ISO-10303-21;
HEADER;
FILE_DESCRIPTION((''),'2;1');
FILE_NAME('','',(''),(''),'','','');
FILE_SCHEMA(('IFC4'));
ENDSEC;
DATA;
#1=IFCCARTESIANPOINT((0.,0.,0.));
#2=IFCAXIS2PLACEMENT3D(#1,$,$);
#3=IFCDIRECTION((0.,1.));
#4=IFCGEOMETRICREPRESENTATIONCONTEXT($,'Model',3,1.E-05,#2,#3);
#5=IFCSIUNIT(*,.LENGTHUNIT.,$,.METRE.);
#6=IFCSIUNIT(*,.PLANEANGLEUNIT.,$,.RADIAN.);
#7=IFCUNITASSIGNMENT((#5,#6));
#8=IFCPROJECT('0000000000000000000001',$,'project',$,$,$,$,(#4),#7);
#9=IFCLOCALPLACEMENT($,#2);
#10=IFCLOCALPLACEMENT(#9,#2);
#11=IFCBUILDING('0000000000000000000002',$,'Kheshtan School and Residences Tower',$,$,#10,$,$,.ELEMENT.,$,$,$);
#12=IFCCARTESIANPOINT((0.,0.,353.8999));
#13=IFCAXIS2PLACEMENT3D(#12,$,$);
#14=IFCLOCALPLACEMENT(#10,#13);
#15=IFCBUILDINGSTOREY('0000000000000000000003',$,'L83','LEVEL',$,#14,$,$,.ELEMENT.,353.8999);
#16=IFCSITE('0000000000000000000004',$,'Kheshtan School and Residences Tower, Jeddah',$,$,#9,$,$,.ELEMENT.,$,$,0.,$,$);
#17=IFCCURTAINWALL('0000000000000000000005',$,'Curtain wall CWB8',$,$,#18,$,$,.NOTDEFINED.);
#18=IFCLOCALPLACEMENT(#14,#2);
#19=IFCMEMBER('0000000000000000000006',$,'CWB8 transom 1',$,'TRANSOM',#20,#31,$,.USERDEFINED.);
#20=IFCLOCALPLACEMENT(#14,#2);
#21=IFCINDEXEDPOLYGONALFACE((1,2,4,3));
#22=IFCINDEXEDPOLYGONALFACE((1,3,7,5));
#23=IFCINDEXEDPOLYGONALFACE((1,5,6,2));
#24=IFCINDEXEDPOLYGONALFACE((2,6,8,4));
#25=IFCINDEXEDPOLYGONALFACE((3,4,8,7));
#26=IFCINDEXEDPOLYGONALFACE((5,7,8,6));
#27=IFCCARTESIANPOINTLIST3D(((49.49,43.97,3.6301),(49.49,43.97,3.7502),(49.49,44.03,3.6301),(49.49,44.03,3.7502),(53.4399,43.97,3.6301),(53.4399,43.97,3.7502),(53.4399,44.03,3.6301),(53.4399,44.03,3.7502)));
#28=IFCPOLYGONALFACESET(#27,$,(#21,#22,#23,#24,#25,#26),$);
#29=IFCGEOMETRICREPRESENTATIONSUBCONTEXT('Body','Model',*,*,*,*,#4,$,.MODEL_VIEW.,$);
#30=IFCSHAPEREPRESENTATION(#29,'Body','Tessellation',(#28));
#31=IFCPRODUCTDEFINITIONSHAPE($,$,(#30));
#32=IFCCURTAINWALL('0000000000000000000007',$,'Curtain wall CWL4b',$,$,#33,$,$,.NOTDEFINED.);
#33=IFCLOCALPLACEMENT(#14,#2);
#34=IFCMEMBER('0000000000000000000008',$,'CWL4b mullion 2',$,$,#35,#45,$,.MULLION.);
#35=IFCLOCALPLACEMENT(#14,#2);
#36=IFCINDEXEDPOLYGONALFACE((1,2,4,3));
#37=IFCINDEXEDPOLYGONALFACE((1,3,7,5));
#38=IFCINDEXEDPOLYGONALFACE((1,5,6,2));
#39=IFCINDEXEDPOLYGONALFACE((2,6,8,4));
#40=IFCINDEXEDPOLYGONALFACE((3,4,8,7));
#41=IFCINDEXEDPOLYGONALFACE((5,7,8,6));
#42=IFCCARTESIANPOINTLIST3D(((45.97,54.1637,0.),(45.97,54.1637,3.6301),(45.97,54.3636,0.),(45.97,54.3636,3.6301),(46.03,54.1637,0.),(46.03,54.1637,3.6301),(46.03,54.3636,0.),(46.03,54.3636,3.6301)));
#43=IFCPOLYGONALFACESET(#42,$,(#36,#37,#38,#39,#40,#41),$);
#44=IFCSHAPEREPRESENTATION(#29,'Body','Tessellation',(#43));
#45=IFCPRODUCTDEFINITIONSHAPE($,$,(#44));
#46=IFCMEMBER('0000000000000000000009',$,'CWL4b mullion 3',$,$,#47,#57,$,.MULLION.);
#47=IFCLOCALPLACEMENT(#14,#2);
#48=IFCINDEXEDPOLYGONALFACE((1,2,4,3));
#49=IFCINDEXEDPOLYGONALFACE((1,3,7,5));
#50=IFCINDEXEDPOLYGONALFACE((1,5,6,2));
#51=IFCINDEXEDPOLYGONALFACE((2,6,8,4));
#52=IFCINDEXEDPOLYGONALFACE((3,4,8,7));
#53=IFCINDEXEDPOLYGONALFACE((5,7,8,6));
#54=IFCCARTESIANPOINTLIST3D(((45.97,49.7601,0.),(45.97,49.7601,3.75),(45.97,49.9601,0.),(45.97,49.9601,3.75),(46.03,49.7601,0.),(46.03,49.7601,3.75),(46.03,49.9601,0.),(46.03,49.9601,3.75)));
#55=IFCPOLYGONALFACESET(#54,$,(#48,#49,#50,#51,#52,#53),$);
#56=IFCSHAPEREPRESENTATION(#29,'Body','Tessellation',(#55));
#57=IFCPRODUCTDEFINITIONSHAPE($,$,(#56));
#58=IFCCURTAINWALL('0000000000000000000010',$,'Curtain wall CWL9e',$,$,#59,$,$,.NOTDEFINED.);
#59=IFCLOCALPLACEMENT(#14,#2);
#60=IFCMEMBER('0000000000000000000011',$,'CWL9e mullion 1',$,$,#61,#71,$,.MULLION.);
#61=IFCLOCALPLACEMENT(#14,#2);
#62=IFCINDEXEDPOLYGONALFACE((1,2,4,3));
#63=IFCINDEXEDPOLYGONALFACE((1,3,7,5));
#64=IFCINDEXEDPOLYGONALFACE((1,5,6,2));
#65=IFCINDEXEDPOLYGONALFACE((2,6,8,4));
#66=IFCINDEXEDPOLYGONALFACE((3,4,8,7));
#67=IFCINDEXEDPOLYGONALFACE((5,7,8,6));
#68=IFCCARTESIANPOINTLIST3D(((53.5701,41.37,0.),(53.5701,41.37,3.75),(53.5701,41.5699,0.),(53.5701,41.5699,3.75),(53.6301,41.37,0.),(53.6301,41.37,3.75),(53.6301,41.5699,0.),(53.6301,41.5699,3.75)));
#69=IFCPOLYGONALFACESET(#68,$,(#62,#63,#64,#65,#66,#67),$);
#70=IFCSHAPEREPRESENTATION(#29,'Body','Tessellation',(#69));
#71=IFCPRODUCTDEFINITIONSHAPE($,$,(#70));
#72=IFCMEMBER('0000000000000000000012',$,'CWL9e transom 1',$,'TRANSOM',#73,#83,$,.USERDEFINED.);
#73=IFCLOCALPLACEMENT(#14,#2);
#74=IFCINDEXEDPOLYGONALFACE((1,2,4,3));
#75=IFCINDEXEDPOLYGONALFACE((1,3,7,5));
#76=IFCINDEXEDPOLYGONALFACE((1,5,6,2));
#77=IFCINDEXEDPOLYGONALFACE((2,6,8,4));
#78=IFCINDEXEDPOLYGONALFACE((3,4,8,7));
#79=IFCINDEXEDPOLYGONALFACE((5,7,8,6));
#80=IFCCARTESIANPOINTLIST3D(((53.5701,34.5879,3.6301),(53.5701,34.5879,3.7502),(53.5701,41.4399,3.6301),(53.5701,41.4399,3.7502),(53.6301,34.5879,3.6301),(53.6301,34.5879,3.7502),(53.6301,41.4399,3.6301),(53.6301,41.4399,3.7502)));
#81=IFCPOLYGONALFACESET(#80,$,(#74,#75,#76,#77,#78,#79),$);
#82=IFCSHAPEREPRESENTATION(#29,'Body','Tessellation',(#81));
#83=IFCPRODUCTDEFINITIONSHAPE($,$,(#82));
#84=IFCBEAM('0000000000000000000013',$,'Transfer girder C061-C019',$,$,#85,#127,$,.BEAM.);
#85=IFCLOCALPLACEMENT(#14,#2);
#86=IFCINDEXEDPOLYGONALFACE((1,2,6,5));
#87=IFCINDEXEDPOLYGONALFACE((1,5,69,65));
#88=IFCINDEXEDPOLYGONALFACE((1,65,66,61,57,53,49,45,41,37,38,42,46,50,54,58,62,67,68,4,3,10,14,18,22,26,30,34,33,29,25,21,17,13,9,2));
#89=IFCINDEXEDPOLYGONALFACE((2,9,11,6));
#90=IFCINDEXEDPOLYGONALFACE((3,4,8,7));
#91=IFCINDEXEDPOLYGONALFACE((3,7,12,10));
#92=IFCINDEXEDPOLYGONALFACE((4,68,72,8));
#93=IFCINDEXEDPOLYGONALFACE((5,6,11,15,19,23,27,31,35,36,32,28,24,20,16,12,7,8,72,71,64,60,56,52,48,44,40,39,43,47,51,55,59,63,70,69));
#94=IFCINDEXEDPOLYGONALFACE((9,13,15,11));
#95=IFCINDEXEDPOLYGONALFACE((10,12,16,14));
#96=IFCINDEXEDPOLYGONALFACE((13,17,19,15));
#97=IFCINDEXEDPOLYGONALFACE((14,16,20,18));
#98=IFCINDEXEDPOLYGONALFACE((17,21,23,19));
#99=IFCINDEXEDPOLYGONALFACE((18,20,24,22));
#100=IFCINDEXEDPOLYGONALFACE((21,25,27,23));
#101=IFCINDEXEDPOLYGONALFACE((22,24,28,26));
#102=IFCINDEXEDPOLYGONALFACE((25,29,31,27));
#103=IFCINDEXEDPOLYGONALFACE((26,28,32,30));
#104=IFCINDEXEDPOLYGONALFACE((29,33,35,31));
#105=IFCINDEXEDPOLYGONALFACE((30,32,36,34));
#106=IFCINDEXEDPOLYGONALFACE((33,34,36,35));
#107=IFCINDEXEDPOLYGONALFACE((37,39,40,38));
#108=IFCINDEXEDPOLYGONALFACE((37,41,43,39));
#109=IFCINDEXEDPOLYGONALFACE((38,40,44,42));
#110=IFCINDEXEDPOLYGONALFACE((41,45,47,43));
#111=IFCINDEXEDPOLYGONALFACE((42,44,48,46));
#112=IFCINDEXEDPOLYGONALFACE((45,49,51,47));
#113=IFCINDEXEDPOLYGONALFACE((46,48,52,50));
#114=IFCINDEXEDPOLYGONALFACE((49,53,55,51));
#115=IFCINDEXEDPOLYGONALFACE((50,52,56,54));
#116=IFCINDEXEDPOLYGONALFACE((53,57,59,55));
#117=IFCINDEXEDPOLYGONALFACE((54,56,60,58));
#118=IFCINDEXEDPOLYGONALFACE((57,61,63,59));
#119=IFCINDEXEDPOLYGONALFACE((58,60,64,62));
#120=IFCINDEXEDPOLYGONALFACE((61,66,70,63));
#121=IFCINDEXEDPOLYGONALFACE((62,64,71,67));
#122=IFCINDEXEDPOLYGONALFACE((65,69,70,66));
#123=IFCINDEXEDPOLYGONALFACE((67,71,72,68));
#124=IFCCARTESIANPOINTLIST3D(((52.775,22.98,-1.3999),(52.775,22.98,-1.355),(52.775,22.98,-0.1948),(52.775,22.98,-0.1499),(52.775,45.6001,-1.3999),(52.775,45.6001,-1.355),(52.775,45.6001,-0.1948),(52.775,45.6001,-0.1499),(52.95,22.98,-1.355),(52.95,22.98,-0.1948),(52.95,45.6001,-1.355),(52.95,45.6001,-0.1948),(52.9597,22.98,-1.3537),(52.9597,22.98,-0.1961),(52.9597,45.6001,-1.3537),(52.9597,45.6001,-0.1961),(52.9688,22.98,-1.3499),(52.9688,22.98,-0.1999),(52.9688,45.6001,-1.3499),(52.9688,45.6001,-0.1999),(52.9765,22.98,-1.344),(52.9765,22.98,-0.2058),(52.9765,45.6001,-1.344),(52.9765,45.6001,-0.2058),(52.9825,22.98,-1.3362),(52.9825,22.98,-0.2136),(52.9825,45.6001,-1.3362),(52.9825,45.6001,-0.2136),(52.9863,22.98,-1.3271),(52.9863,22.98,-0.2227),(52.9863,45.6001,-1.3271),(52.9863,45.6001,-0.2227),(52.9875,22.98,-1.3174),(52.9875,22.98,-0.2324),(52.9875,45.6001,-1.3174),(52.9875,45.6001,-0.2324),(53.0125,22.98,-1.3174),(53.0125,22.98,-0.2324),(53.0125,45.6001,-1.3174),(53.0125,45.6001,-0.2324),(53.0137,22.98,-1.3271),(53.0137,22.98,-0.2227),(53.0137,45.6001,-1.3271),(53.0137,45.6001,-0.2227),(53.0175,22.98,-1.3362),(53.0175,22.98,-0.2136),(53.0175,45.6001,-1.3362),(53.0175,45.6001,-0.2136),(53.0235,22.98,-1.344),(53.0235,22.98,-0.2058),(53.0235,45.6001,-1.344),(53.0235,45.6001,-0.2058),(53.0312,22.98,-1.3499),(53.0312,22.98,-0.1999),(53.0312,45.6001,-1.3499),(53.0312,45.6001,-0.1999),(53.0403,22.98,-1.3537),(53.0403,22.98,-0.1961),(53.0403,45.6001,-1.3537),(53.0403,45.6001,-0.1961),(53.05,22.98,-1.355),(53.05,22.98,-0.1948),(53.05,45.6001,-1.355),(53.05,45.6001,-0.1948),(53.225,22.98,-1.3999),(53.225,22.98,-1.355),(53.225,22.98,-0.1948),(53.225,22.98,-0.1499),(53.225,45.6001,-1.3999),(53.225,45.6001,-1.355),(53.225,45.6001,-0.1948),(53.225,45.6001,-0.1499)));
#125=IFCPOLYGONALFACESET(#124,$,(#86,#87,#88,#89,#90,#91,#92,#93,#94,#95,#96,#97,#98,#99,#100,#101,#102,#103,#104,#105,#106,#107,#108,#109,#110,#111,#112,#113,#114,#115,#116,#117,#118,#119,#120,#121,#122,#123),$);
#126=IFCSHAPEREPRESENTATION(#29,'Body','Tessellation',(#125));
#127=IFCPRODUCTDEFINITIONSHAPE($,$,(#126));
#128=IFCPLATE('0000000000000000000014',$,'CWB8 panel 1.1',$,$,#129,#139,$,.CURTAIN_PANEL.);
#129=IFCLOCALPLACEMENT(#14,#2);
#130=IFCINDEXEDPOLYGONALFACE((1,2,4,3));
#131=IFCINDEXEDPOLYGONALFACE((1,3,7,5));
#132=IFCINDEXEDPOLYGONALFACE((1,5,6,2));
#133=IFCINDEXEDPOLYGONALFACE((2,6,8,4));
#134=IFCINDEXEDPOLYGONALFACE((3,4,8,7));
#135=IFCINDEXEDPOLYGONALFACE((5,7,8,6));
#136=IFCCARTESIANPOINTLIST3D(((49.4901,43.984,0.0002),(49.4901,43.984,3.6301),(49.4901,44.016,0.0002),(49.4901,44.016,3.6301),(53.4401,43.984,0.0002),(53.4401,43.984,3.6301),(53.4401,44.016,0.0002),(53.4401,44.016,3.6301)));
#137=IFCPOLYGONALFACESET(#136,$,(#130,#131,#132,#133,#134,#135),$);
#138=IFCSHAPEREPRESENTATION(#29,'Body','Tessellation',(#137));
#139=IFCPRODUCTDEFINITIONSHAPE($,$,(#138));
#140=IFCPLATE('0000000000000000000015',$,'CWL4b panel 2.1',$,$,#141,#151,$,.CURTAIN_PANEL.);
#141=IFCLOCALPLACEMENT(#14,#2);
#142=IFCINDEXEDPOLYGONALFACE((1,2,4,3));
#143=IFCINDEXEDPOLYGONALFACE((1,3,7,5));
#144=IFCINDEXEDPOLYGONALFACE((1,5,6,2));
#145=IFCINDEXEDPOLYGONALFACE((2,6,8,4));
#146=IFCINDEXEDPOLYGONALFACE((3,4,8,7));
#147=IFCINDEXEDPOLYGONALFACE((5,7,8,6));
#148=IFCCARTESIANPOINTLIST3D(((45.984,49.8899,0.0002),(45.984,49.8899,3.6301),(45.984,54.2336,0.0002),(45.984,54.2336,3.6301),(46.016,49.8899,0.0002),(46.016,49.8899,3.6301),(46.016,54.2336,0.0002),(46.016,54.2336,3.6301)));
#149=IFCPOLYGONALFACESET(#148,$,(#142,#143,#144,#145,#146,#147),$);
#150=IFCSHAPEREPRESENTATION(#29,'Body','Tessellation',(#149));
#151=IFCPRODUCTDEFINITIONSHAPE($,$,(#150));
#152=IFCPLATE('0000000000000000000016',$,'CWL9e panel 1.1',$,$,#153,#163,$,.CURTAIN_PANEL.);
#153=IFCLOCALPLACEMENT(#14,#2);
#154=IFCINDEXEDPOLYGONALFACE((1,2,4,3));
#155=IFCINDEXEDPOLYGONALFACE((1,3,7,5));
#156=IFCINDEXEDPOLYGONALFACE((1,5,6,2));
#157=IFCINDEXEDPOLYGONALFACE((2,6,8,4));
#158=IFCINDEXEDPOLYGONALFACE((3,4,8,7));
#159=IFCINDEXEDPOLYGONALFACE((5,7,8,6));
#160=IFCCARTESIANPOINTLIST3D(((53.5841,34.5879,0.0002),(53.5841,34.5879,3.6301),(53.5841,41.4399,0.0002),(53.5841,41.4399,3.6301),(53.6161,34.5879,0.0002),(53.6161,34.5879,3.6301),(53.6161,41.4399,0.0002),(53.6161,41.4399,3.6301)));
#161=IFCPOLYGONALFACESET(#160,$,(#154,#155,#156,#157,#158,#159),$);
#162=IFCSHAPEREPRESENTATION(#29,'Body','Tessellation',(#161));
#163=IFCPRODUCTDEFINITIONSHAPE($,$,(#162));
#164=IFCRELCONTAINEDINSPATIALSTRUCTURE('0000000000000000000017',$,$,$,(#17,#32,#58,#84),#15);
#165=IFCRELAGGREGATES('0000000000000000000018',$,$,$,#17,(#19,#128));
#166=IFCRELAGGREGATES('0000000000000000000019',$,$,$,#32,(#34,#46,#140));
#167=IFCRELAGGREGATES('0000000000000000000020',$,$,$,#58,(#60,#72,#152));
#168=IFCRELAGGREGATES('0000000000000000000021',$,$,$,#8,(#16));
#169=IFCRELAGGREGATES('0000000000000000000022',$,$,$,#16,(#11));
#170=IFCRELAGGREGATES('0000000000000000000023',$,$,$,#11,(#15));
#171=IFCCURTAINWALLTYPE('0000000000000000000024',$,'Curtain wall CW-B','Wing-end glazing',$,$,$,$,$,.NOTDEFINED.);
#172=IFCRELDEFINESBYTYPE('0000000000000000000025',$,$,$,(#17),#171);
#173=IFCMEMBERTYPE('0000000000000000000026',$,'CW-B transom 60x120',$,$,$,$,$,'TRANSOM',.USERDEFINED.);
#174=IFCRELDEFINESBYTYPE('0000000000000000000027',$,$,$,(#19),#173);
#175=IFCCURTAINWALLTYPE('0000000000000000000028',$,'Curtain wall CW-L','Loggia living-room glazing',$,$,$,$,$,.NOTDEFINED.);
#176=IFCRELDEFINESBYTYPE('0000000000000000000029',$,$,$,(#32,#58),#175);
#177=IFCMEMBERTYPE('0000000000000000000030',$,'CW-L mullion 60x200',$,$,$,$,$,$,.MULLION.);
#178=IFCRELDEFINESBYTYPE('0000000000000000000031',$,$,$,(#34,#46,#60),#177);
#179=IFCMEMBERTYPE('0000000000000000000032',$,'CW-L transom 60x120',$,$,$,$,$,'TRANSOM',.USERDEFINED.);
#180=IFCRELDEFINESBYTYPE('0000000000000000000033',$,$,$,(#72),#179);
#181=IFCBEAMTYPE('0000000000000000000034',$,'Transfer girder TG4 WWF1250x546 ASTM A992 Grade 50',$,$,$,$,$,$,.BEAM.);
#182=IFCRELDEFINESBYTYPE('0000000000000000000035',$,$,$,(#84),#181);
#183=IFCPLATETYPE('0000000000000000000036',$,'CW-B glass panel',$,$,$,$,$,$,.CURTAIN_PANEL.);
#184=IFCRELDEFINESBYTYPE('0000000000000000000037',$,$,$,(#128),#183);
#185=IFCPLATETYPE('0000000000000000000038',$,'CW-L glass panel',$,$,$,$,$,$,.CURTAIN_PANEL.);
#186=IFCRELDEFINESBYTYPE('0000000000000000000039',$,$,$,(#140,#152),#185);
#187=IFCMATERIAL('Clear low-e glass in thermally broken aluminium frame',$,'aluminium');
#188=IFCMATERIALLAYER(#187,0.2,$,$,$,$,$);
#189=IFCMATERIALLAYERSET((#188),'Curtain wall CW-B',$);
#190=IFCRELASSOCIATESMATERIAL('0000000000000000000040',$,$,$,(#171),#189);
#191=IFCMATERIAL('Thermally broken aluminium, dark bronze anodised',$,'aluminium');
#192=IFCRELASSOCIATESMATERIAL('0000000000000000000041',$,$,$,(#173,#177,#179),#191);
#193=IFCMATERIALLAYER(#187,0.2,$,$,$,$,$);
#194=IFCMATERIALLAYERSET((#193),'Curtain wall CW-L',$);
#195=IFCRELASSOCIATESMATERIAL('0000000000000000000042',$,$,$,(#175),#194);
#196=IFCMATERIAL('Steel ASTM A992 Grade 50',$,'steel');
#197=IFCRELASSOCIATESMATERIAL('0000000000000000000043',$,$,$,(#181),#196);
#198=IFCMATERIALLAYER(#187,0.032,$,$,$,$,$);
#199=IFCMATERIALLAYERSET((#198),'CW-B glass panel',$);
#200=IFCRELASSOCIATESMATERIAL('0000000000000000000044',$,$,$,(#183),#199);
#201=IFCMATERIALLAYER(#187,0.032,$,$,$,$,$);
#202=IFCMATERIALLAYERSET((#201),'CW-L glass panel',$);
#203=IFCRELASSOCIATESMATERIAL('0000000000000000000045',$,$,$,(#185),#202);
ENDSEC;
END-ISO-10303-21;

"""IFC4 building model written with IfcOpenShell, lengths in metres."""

from ifc_helpers import new_model, si_unit, direction, frame, origin, origin_2d, place, context, subcontext, project, spatial, rectangle, i_section, extrude, material, layer, layer_set, material_profile, profile_set, type_object, element, aggregate, save


model = new_model("IFC4")

# Units and contexts
model_context = context("Model", 3, precision=1e-05, world=origin(), true_north=direction((0.0, 1.0)))
body_context = subcontext(model_context, "Body", "Model", "MODEL_VIEW")
ifc_project = project(units=[si_unit("LENGTHUNIT", "METRE"), si_unit("PLANEANGLEUNIT", "RADIAN")], contexts=[model_context])

# Site, building, storey
site_placement = place(None, origin())
site = spatial("IfcSite", under=ifc_project, at=site_placement, Name="Kheshtan School and Residences Tower, Jeddah", CompositionType="ELEMENT", RefElevation=0.0)
building_placement = place(site_placement, origin())
building = spatial("IfcBuilding", under=site, at=building_placement, Name="Kheshtan School and Residences Tower", CompositionType="ELEMENT")
storey_placement = place(building_placement, frame((0.0, 0.0, 353.8999)))
storey = spatial("IfcBuildingStorey", under=building, at=storey_placement, Name="L83", Description="LEVEL", CompositionType="ELEMENT", Elevation=353.8999)

# Shared definitions
ifc_material_1 = material(Name="Steel ASTM A992 Grade 50", Category="steel")

# Curtain walls, members
ifc_material_2 = material(Name="Clear low-e glass in thermally broken aluminium frame", Category="aluminium")
ifc_layer_1 = layer(ifc_material_2, 0.2)
ifc_layer_set_1 = layer_set([ifc_layer_1], Name="Curtain wall CW-B")
curtain_wall_type_1 = type_object("IfcCurtainWallType", Name="Curtain wall CW-B", Description="Wing-end glazing", PredefinedType="NOTDEFINED", material=ifc_layer_set_1)
curtain_wall_1_placement = place(storey_placement, origin())
curtain_wall_1 = element("IfcCurtainWall", 1, at=curtain_wall_1_placement, inside=storey, type_object=curtain_wall_type_1, Name="Curtain wall CWB8", PredefinedType="NOTDEFINED")
ifc_material_3 = material(Name="Thermally broken aluminium, dark bronze anodised", Category="aluminium")
ifc_material_profile_1 = material_profile(ifc_material_3, rectangle(XDim=0.0601, YDim=0.1201, at=origin_2d()), Name="CW-B transom 60x120")
ifc_profile_set_1 = profile_set([ifc_material_profile_1], Name="Thermally broken aluminium, dark bronze anodised")
member_type_1 = type_object("IfcMemberType", Name="CW-B transom 60x120", ElementType="TRANSOM", PredefinedType="USERDEFINED", material=ifc_profile_set_1)
member_1_placement = place(storey_placement, frame((49.49, 44.0, 3.6902), z_axis=(1.0, 0.0, 0.0), x_axis=(0.0, 1.0, 0.0)))
member_1 = element("IfcMember", 2, at=member_1_placement, type_object=member_type_1, Name="CWB8 transom 1", ObjectType="TRANSOM", PredefinedType="USERDEFINED", context=body_context, shape_type="SweptSolid", body=[
    extrude(rectangle(XDim=0.0601, YDim=0.1201, at=origin_2d()), origin(), (0.0, 0.0, 1.0), 3.95),
])
ifc_layer_2 = layer(ifc_material_2, 0.2)
ifc_layer_set_2 = layer_set([ifc_layer_2], Name="Curtain wall CW-L")
curtain_wall_type_2 = type_object("IfcCurtainWallType", Name="Curtain wall CW-L", Description="Loggia living-room glazing", PredefinedType="NOTDEFINED", material=ifc_layer_set_2)
curtain_wall_2_placement = place(storey_placement, origin())
curtain_wall_2 = element("IfcCurtainWall", 3, at=curtain_wall_2_placement, inside=storey, type_object=curtain_wall_type_2, Name="Curtain wall CWL4b", PredefinedType="NOTDEFINED")
ifc_material_profile_2 = material_profile(ifc_material_3, rectangle(XDim=0.0601, YDim=0.2, at=origin_2d()), Name="CW-L mullion 60x200")
ifc_profile_set_2 = profile_set([ifc_material_profile_2], Name="Thermally broken aluminium, dark bronze anodised")
member_type_2 = type_object("IfcMemberType", Name="CW-L mullion 60x200", PredefinedType="MULLION", material=ifc_profile_set_2)
member_2_placement = place(storey_placement, frame((46.0, 54.2637, 0.0), z_axis=(0.0, 0.0, 1.0), x_axis=(1.0, 0.0, 0.0)))
member_2 = element("IfcMember", 4, at=member_2_placement, type_object=member_type_2, Name="CWL4b mullion 2", PredefinedType="MULLION", context=body_context, shape_type="SweptSolid", body=[
    extrude(rectangle(XDim=0.0601, YDim=0.2, at=origin_2d()), origin(), (0.0, 0.0, 1.0), 3.6301),
])
member_3_placement = place(storey_placement, frame((46.0, 49.8601, 0.0), z_axis=(0.0, 0.0, 1.0), x_axis=(1.0, 0.0, 0.0)))
member_3 = element("IfcMember", 5, at=member_3_placement, type_object=member_type_2, Name="CWL4b mullion 3", PredefinedType="MULLION", context=body_context, shape_type="SweptSolid", body=[
    extrude(rectangle(XDim=0.0601, YDim=0.2, at=origin_2d()), origin(), (0.0, 0.0, 1.0), 3.75),
])
curtain_wall_3_placement = place(storey_placement, origin())
curtain_wall_3 = element("IfcCurtainWall", 6, at=curtain_wall_3_placement, inside=storey, type_object=curtain_wall_type_2, Name="Curtain wall CWL9e", PredefinedType="NOTDEFINED")
member_4_placement = place(storey_placement, frame((53.6001, 41.47, 0.0), z_axis=(0.0, 0.0, 1.0), x_axis=(1.0, 0.0, 0.0)))
member_4 = element("IfcMember", 7, at=member_4_placement, type_object=member_type_2, Name="CWL9e mullion 1", PredefinedType="MULLION", context=body_context, shape_type="SweptSolid", body=[
    extrude(rectangle(XDim=0.0601, YDim=0.2, at=origin_2d()), origin(), (0.0, 0.0, 1.0), 3.75),
])
ifc_material_profile_3 = material_profile(ifc_material_3, rectangle(XDim=0.0601, YDim=0.1201, at=origin_2d()), Name="CW-L transom 60x120")
ifc_profile_set_3 = profile_set([ifc_material_profile_3], Name="Thermally broken aluminium, dark bronze anodised")
member_type_3 = type_object("IfcMemberType", Name="CW-L transom 60x120", ElementType="TRANSOM", PredefinedType="USERDEFINED", material=ifc_profile_set_3)
member_5_placement = place(storey_placement, frame((53.6001, 41.4399, 3.6902), z_axis=(0.0, -1.0, 0.0), x_axis=(1.0, 0.0, 0.0)))
member_5 = element("IfcMember", 8, at=member_5_placement, type_object=member_type_3, Name="CWL9e transom 1", ObjectType="TRANSOM", PredefinedType="USERDEFINED", context=body_context, shape_type="SweptSolid", body=[
    extrude(rectangle(XDim=0.0601, YDim=0.1201, at=origin_2d()), origin(), (0.0, 0.0, 1.0), 6.8521),
])

# Beam
ifc_material_profile_4 = material_profile(ifc_material_1, i_section(OverallWidth=0.45, OverallDepth=1.25, WebThickness=0.0249, FlangeThickness=0.0449, FilletRadius=0.0376, at=origin_2d()), Name="WWF1250x546")
ifc_profile_set_4 = profile_set([ifc_material_profile_4], Name="Steel ASTM A992 Grade 50")
beam_type_1 = type_object("IfcBeamType", Name="Transfer girder TG4 WWF1250x546 ASTM A992 Grade 50", PredefinedType="BEAM", material=ifc_profile_set_4)
beam_1_placement = place(storey_placement, frame((53.0, 45.6001, -0.7749), z_axis=(0.0, -1.0, 0.0), x_axis=(1.0, 0.0, 0.0)))
element("IfcBeam", 9, at=beam_1_placement, inside=storey, type_object=beam_type_1, Name="Transfer girder C061-C019", PredefinedType="BEAM", context=body_context, shape_type="SweptSolid", body=[
    extrude(i_section(OverallWidth=0.45, OverallDepth=1.25, WebThickness=0.0249, FlangeThickness=0.0449, FilletRadius=0.0376, at=origin_2d()), origin(), (0.0, 0.0, 1.0), 22.6201),
])

# Plates
ifc_layer_3 = layer(ifc_material_2, 0.032)
ifc_layer_set_3 = layer_set([ifc_layer_3], Name="CW-B glass panel")
plate_type_1 = type_object("IfcPlateType", Name="CW-B glass panel", PredefinedType="CURTAIN_PANEL", material=ifc_layer_set_3)
plate_1_placement = place(storey_placement, frame((51.4651, 44.0, 0.0002), z_axis=(0.0, 0.0, 1.0), x_axis=(1.0, 0.0, 0.0)))
plate_1 = element("IfcPlate", 10, at=plate_1_placement, type_object=plate_type_1, Name="CWB8 panel 1.1", PredefinedType="CURTAIN_PANEL", context=body_context, shape_type="SweptSolid", body=[
    extrude(rectangle(XDim=3.95, YDim=0.032, at=origin_2d()), origin(), (0.0, 0.0, 1.0), 3.6299),
])
aggregate(curtain_wall_1, [member_1, plate_1])
ifc_layer_4 = layer(ifc_material_2, 0.032)
ifc_layer_set_4 = layer_set([ifc_layer_4], Name="CW-L glass panel")
plate_type_2 = type_object("IfcPlateType", Name="CW-L glass panel", PredefinedType="CURTAIN_PANEL", material=ifc_layer_set_4)
plate_2_placement = place(storey_placement, frame((46.0, 52.0618, 0.0002), z_axis=(0.0, 0.0, 1.0), x_axis=(0.0, -1.0, 0.0)))
plate_2 = element("IfcPlate", 11, at=plate_2_placement, type_object=plate_type_2, Name="CWL4b panel 2.1", PredefinedType="CURTAIN_PANEL", context=body_context, shape_type="SweptSolid", body=[
    extrude(rectangle(XDim=4.3438, YDim=0.032, at=origin_2d()), origin(), (0.0, 0.0, 1.0), 3.6299),
])
aggregate(curtain_wall_2, [member_2, member_3, plate_2])
plate_3_placement = place(storey_placement, frame((53.6001, 38.0139, 0.0002), z_axis=(0.0, 0.0, 1.0), x_axis=(0.0, -1.0, 0.0)))
plate_3 = element("IfcPlate", 12, at=plate_3_placement, type_object=plate_type_2, Name="CWL9e panel 1.1", PredefinedType="CURTAIN_PANEL", context=body_context, shape_type="SweptSolid", body=[
    extrude(rectangle(XDim=6.8521, YDim=0.032, at=origin_2d()), origin(), (0.0, 0.0, 1.0), 3.6299),
])
aggregate(curtain_wall_3, [member_4, member_5, plate_3])

save(model, "model.ifc")
